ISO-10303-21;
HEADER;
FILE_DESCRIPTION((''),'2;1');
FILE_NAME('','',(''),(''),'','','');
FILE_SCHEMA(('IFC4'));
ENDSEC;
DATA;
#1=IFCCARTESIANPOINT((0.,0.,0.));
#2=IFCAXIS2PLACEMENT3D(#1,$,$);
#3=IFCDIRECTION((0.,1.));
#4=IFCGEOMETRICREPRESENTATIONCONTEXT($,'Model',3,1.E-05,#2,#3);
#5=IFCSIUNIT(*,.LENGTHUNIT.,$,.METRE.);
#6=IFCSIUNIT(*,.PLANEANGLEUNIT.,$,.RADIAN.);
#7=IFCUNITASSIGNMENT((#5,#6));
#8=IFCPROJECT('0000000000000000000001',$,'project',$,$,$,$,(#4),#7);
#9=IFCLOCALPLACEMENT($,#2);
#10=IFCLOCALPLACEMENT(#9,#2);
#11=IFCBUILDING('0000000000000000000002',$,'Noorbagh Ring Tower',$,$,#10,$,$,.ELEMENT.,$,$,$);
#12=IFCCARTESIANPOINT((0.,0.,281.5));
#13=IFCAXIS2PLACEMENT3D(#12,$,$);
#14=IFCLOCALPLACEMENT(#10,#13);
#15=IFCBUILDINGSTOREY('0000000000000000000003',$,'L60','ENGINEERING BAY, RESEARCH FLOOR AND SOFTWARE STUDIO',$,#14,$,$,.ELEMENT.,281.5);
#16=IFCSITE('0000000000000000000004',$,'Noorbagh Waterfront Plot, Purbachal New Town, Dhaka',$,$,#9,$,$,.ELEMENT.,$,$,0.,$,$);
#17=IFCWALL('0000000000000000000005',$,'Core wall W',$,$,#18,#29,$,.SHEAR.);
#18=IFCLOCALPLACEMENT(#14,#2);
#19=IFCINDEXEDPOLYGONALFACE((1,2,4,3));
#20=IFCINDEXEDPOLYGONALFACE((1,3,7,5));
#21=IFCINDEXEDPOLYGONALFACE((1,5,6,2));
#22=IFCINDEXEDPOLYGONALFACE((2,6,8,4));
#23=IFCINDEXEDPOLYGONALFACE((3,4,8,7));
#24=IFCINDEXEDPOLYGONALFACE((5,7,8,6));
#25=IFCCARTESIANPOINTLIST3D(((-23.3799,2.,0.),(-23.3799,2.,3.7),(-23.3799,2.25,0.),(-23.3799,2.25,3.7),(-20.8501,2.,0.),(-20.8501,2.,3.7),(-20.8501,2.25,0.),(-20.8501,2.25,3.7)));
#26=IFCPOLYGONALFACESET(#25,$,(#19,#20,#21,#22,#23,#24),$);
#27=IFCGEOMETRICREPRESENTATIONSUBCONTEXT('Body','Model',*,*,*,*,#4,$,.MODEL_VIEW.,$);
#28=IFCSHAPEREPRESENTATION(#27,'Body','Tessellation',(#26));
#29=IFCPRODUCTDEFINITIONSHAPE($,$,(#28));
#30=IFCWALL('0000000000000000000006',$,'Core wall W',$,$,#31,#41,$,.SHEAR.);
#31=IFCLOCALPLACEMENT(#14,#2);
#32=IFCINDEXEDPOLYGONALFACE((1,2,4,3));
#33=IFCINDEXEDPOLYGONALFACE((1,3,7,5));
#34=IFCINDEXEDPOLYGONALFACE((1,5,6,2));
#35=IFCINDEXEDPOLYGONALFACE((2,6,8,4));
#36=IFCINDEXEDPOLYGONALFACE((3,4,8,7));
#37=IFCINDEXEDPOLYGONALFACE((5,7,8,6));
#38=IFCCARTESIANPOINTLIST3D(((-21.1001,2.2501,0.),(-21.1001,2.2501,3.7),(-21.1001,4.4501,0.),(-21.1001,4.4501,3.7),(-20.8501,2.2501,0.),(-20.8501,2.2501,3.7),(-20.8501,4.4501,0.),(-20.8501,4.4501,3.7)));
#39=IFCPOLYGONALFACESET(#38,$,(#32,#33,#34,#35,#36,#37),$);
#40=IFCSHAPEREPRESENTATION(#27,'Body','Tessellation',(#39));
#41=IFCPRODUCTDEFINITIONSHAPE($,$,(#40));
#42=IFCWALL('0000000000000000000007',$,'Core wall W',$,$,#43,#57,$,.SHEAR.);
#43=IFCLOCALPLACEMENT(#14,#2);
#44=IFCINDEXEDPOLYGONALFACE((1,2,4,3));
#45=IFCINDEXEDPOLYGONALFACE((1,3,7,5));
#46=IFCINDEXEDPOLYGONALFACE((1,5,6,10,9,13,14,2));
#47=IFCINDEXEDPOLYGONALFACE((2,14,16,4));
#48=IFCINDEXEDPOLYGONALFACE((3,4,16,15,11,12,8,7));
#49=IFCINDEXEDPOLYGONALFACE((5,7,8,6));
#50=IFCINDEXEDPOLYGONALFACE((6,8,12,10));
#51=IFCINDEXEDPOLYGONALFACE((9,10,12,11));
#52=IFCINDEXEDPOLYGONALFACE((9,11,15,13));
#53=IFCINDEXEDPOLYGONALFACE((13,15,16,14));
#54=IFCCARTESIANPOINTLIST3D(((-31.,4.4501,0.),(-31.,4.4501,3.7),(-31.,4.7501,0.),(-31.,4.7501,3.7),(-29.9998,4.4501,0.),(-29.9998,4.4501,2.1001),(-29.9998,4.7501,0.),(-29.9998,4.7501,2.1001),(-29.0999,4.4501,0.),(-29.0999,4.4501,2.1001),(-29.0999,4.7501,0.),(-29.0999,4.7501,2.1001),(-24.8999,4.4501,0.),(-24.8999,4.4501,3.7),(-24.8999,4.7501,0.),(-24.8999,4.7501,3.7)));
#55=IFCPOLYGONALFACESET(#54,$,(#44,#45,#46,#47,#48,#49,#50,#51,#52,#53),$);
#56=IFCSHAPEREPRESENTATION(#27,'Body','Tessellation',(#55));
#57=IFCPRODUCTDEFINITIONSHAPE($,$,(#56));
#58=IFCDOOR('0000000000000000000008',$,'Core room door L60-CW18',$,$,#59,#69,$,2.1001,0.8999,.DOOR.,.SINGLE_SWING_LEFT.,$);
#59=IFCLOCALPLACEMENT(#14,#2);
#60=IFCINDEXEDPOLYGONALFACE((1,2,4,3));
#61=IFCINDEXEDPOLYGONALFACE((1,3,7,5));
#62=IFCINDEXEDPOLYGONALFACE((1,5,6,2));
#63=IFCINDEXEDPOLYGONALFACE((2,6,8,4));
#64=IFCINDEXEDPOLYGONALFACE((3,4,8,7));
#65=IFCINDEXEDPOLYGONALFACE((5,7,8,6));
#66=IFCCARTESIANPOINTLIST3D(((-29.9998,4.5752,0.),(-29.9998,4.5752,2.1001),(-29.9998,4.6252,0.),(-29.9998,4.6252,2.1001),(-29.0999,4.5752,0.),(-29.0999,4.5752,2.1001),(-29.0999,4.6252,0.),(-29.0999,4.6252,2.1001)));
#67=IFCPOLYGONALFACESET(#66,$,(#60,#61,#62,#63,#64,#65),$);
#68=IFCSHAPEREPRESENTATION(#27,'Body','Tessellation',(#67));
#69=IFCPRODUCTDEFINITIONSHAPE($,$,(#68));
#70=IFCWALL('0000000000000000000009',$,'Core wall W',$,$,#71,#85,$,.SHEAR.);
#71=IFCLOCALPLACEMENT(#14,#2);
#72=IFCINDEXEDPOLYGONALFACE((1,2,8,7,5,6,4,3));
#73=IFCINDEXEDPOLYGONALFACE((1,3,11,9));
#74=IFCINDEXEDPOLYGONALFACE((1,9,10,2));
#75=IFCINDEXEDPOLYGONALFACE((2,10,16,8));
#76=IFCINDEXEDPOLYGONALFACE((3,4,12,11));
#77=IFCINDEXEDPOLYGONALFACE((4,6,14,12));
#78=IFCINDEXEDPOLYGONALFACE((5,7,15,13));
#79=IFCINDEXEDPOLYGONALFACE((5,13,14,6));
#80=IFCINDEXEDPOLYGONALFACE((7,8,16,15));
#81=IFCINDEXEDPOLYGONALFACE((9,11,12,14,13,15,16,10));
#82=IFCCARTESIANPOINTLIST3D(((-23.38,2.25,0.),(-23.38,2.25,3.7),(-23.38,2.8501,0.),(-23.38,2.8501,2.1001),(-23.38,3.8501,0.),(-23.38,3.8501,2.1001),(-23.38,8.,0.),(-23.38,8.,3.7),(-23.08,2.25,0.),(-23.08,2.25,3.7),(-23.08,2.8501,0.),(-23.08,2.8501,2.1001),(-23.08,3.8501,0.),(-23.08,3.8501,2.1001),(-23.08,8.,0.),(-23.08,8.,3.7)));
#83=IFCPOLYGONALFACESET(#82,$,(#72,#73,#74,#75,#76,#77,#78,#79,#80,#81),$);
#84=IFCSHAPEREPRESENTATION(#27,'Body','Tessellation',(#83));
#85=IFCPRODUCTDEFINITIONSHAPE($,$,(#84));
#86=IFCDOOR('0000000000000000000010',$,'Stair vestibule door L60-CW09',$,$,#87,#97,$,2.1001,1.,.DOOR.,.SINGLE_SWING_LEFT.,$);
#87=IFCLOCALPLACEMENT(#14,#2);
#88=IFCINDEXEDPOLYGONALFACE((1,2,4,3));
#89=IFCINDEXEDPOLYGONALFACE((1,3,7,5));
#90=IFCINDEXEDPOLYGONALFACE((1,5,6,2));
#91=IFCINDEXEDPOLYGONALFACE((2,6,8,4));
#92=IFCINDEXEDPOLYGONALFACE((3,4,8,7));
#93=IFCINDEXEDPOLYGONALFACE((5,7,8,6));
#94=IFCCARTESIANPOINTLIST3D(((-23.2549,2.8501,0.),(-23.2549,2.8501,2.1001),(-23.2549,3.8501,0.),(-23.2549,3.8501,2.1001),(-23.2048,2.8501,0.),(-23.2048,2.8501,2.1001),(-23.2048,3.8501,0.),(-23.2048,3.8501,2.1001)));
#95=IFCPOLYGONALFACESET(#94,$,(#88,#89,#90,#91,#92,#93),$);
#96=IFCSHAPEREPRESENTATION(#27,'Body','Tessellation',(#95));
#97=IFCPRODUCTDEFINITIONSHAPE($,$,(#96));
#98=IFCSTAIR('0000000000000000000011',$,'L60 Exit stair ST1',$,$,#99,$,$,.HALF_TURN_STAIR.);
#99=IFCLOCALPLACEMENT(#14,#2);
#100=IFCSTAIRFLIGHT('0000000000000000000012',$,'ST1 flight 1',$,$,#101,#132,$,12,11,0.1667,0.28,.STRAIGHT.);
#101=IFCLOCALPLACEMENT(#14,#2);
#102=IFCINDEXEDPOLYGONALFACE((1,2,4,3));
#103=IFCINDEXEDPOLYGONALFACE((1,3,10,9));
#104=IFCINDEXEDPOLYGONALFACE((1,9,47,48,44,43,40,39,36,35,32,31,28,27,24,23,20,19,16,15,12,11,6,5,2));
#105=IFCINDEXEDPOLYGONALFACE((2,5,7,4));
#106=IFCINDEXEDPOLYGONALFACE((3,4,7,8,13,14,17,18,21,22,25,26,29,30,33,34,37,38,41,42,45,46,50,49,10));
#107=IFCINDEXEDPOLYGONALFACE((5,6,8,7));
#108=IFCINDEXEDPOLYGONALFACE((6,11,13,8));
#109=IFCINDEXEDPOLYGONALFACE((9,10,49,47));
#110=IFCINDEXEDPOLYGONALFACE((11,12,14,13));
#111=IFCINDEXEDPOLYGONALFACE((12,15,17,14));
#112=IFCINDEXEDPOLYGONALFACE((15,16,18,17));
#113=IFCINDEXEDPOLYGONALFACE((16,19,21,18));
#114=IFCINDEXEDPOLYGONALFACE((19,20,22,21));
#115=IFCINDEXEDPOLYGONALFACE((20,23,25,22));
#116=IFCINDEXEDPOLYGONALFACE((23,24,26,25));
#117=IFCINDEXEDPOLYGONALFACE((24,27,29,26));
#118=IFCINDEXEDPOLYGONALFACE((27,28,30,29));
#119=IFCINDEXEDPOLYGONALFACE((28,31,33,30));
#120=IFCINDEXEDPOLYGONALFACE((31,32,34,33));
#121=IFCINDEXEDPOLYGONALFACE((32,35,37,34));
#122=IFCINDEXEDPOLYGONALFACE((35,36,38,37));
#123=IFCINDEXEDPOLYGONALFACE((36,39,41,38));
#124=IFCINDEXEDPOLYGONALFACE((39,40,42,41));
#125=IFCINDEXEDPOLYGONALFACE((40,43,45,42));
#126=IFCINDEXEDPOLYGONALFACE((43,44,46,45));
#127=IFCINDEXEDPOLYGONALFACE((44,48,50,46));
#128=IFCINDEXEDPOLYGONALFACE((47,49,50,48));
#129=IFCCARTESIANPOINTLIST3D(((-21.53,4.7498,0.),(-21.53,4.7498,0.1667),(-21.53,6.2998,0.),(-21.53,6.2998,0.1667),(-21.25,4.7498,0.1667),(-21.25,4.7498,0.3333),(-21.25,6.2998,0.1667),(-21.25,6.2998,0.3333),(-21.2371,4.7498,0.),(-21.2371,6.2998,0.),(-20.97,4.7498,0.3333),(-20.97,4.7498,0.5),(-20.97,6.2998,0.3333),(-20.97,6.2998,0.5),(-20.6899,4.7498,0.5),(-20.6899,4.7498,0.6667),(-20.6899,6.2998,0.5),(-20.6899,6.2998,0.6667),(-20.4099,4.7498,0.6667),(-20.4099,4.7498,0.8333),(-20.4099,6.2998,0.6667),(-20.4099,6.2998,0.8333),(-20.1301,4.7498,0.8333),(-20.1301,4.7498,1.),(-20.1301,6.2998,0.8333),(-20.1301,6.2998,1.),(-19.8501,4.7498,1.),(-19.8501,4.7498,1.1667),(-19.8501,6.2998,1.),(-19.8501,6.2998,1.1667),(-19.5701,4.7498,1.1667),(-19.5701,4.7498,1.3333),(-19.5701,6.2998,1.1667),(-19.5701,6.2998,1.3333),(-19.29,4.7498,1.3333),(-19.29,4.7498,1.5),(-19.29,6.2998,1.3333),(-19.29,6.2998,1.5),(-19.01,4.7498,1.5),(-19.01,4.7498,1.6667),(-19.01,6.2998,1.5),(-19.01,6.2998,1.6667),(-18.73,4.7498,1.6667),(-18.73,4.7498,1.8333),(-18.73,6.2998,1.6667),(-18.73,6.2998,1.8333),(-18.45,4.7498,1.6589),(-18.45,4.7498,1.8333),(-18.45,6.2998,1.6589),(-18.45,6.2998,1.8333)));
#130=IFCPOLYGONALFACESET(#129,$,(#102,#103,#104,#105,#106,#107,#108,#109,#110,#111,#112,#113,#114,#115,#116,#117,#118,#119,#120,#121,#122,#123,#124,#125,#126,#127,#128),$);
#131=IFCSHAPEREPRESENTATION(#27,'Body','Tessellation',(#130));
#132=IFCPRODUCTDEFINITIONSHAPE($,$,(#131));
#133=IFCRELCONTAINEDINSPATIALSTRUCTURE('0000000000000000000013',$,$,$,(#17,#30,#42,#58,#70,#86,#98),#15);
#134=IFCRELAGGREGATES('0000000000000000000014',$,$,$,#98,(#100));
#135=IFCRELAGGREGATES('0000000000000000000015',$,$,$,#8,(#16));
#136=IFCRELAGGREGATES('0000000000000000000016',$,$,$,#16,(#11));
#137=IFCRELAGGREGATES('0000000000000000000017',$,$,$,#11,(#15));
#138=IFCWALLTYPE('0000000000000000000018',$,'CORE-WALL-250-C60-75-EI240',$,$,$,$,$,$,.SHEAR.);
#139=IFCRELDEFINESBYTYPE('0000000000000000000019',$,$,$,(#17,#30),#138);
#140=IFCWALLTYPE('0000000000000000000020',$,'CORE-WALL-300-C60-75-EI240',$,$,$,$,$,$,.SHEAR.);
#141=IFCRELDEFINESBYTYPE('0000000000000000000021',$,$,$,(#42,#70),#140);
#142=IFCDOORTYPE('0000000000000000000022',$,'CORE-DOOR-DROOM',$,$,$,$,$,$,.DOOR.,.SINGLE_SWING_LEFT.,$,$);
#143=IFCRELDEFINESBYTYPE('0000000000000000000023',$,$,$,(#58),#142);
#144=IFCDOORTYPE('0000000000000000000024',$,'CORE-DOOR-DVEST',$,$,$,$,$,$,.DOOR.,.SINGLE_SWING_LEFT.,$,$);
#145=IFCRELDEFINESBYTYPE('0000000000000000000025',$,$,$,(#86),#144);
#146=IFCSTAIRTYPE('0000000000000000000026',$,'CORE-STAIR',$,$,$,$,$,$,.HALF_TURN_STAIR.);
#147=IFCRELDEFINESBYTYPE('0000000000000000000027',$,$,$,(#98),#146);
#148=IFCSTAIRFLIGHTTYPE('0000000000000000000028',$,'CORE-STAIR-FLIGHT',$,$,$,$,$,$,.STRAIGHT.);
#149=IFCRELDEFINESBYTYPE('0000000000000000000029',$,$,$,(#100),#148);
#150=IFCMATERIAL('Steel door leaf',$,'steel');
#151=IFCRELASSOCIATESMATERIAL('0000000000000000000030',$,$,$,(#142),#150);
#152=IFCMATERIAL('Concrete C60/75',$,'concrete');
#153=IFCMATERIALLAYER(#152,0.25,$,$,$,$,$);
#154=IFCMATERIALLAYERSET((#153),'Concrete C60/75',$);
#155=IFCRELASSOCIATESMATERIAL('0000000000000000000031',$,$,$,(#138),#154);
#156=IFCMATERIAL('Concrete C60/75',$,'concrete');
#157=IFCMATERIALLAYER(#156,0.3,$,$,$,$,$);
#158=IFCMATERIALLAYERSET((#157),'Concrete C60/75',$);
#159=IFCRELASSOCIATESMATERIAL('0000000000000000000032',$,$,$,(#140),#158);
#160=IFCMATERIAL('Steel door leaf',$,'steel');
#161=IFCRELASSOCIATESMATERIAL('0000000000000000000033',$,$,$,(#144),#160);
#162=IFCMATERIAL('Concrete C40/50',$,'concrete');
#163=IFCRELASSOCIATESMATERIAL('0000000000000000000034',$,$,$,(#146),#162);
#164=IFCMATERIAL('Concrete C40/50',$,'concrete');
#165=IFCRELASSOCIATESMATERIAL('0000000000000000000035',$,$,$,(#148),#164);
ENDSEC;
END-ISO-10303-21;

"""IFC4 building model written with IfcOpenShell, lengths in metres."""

from ifc_helpers import new_model, si_unit, direction, frame, frame_2d, origin, place, context, subcontext, project, spatial, polyline, rectangle, outline, extrude, material, layer, layer_set, type_object, element, fill, aggregate, save


model = new_model("IFC4")

# Units and contexts
model_context = context("Model", 3, precision=1e-05, world=origin(), true_north=direction((0.0, 1.0)))
body_context = subcontext(model_context, "Body", "Model", "MODEL_VIEW")
ifc_project = project(units=[si_unit("LENGTHUNIT", "METRE"), si_unit("PLANEANGLEUNIT", "RADIAN")], contexts=[model_context])

# Site, building, storey
site_placement = place(None, origin())
site = spatial("IfcSite", under=ifc_project, at=site_placement, Name="Noorbagh Waterfront Plot, Purbachal New Town, Dhaka", CompositionType="ELEMENT", RefElevation=0.0)
building_placement = place(site_placement, origin())
building = spatial("IfcBuilding", under=site, at=building_placement, Name="Noorbagh Ring Tower", CompositionType="ELEMENT")
storey_placement = place(building_placement, frame((0.0, 0.0, 281.5)))
storey = spatial("IfcBuildingStorey", under=building, at=storey_placement, Name="L60", Description="ENGINEERING BAY, RESEARCH FLOOR AND SOFTWARE STUDIO", CompositionType="ELEMENT", Elevation=281.5)

# Shared definitions
ifc_material_1 = material(Name="Steel door leaf", Category="steel")
door_type_1 = type_object("IfcDoorType", Name="CORE-DOOR-DROOM", OperationType="SINGLE_SWING_LEFT", PredefinedType="DOOR", material=ifc_material_1)

# Walls
ifc_material_2 = material(Name="Concrete C60/75", Category="concrete")
ifc_layer_1 = layer(ifc_material_2, 0.25)
ifc_layer_set_1 = layer_set([ifc_layer_1], Name="Concrete C60/75")
wall_type_1 = type_object("IfcWallType", Name="CORE-WALL-250-C60-75-EI240", PredefinedType="SHEAR", material=ifc_layer_set_1)
wall_1_placement = place(storey_placement, frame((-20.8501, 2.125, 0.0), z_axis=(0.0, 0.0, 1.0), x_axis=(-1.0, 0.0, 0.0)))
element("IfcWall", 1, at=wall_1_placement, inside=storey, type_object=wall_type_1, Name="Core wall W", PredefinedType="SHEAR", context=body_context, shape_type="SweptSolid", body=[
    extrude(rectangle(XDim=2.5298, YDim=0.25, at=frame_2d((1.2649, 0.0))), origin(), (0.0, 0.0, 1.0), 3.7),
])
wall_2_placement = place(storey_placement, frame((-20.9751, 2.25, 0.0), z_axis=(0.0, 0.0, 1.0), x_axis=(0.0, 1.0, 0.0)))
element("IfcWall", 2, at=wall_2_placement, inside=storey, type_object=wall_type_1, Name="Core wall W", PredefinedType="SHEAR", context=body_context, shape_type="SweptSolid", body=[
    extrude(rectangle(XDim=2.2, YDim=0.25, at=frame_2d((1.1001, 0.0))), origin(), (0.0, 0.0, 1.0), 3.7),
])

# Walls, openings, doors
ifc_material_3 = material(Name="Concrete C60/75", Category="concrete")
ifc_layer_2 = layer(ifc_material_3, 0.3)
ifc_layer_set_2 = layer_set([ifc_layer_2], Name="Concrete C60/75")
wall_type_2 = type_object("IfcWallType", Name="CORE-WALL-300-C60-75-EI240", PredefinedType="SHEAR", material=ifc_layer_set_2)
wall_3_placement = place(storey_placement, frame((-24.8999, 4.6001, 0.0), z_axis=(0.0, 0.0, 1.0), x_axis=(-1.0, 0.0, 0.0)))
wall_3 = element("IfcWall", 3, at=wall_3_placement, inside=storey, type_object=wall_type_2, Name="Core wall W", PredefinedType="SHEAR", context=body_context, shape_type="SweptSolid", body=[
    extrude(rectangle(XDim=6.1001, YDim=0.3, at=frame_2d((3.05, 0.0))), origin(), (0.0, 0.0, 1.0), 3.7),
])
opening_1_placement = place(wall_3_placement, frame((4.2, 0.0, 0.0)))
opening_1 = element("IfcOpeningElement", 4, at=opening_1_placement, cuts=wall_3, PredefinedType="OPENING", context=body_context, shape_type="SweptSolid", body=[
    extrude(rectangle(XDim=0.8999, YDim=2.1001, at=frame_2d((0.45, 1.05))), frame((0.0, 0.1602, 0.0), z_axis=(0.0, -1.0, 0.0), x_axis=(1.0, 0.0, 0.0)), (0.0, 0.0, 1.0), 0.3201),
])
door_1_placement = place(opening_1_placement, origin())
door_1 = element("IfcDoor", 5, at=door_1_placement, inside=storey, type_object=door_type_1, Name="Core room door L60-CW18", OperationType="SINGLE_SWING_LEFT", OverallHeight=2.1001, OverallWidth=0.8999, PredefinedType="DOOR", context=body_context, shape_type="SweptSolid", body=[
    extrude(rectangle(XDim=0.8999, YDim=2.1001, at=frame_2d((0.45, 1.05))), frame((0.0, 0.0249, 0.0), z_axis=(0.0, -1.0, 0.0), x_axis=(1.0, 0.0, 0.0)), (0.0, 0.0, 1.0), 0.05),
])
fill(opening_1, door_1)
wall_4_placement = place(storey_placement, frame((-23.23, 2.25, 0.0), z_axis=(0.0, 0.0, 1.0), x_axis=(0.0, 1.0, 0.0)))
wall_4 = element("IfcWall", 6, at=wall_4_placement, inside=storey, type_object=wall_type_2, Name="Core wall W", PredefinedType="SHEAR", context=body_context, shape_type="SweptSolid", body=[
    extrude(rectangle(XDim=5.75, YDim=0.3, at=frame_2d((2.875, 0.0))), origin(), (0.0, 0.0, 1.0), 3.7),
])
opening_2_placement = place(wall_4_placement, frame((0.6001, 0.0, 0.0)))
opening_2 = element("IfcOpeningElement", 7, at=opening_2_placement, cuts=wall_4, PredefinedType="OPENING", context=body_context, shape_type="SweptSolid", body=[
    extrude(rectangle(XDim=1.0, YDim=2.1001, at=frame_2d((0.5, 1.05))), frame((0.0, 0.1602, 0.0), z_axis=(0.0, -1.0, 0.0), x_axis=(1.0, 0.0, 0.0)), (0.0, 0.0, 1.0), 0.3201),
])
ifc_material_4 = material(Name="Steel door leaf", Category="steel")
door_type_2 = type_object("IfcDoorType", Name="CORE-DOOR-DVEST", OperationType="SINGLE_SWING_LEFT", PredefinedType="DOOR", material=ifc_material_4)
door_2_placement = place(opening_2_placement, origin())
door_2 = element("IfcDoor", 8, at=door_2_placement, inside=storey, type_object=door_type_2, Name="Stair vestibule door L60-CW09", OperationType="SINGLE_SWING_LEFT", OverallHeight=2.1001, OverallWidth=1.0, PredefinedType="DOOR", context=body_context, shape_type="SweptSolid", body=[
    extrude(rectangle(XDim=1.0, YDim=2.1001, at=frame_2d((0.5, 1.05))), frame((0.0, 0.0249, 0.0), z_axis=(0.0, -1.0, 0.0), x_axis=(1.0, 0.0, 0.0)), (0.0, 0.0, 1.0), 0.05),
])
fill(opening_2, door_2)

# Stair, stair flight
ifc_material_5 = material(Name="Concrete C40/50", Category="concrete")
stair_type = type_object("IfcStairType", Name="CORE-STAIR", PredefinedType="HALF_TURN_STAIR", material=ifc_material_5)
stair_placement = place(storey_placement, origin())
stair = element("IfcStair", 9, at=stair_placement, inside=storey, type_object=stair_type, Name="L60 Exit stair ST1", PredefinedType="HALF_TURN_STAIR")
ifc_material_6 = material(Name="Concrete C40/50", Category="concrete")
stair_flight_type = type_object("IfcStairFlightType", Name="CORE-STAIR-FLIGHT", PredefinedType="STRAIGHT", material=ifc_material_6)
stair_flight_placement = place(storey_placement, frame((-21.53, 5.5249, 0.0), z_axis=(0.0, 0.0, 1.0), x_axis=(1.0, 0.0, 0.0)))
stair_flight = element("IfcStairFlight", 10, at=stair_flight_placement, type_object=stair_flight_type, Name="ST1 flight 1", NumberOfRisers=12, NumberOfTreads=11, PredefinedType="STRAIGHT", RiserHeight=0.1667, TreadLength=0.28, context=body_context, shape_type="SweptSolid", body=[
    extrude(outline(polyline([(0.0, 0.0), (0.0, 0.1667), (0.28, 0.1667), (0.28, 0.3333), (0.5601, 0.3333), (0.5601, 0.5), (0.8401, 0.5), (0.8401, 0.6667), (1.1201, 0.6667), (1.1201, 0.8333), (1.3999, 0.8333), (1.3999, 1.0), (1.6799, 1.0), (1.6799, 1.1667), (1.96, 1.1667), (1.96, 1.3333), (2.24, 1.3333), (2.24, 1.5), (2.52, 1.5), (2.52, 1.6667), (2.8, 1.6667), (2.8, 1.8333), (3.0801, 1.8333), (3.0801, 2.0), (3.0801, 1.6589), (0.293, 0.0), (0.0, 0.0)])), frame((0.0, 0.7749, 0.0), z_axis=(0.0, -1.0, 0.0), x_axis=(1.0, 0.0, 0.0)), (0.0, 0.0, 1.0), 1.55),
])
aggregate(stair, [stair_flight])

save(model, "model.ifc")
